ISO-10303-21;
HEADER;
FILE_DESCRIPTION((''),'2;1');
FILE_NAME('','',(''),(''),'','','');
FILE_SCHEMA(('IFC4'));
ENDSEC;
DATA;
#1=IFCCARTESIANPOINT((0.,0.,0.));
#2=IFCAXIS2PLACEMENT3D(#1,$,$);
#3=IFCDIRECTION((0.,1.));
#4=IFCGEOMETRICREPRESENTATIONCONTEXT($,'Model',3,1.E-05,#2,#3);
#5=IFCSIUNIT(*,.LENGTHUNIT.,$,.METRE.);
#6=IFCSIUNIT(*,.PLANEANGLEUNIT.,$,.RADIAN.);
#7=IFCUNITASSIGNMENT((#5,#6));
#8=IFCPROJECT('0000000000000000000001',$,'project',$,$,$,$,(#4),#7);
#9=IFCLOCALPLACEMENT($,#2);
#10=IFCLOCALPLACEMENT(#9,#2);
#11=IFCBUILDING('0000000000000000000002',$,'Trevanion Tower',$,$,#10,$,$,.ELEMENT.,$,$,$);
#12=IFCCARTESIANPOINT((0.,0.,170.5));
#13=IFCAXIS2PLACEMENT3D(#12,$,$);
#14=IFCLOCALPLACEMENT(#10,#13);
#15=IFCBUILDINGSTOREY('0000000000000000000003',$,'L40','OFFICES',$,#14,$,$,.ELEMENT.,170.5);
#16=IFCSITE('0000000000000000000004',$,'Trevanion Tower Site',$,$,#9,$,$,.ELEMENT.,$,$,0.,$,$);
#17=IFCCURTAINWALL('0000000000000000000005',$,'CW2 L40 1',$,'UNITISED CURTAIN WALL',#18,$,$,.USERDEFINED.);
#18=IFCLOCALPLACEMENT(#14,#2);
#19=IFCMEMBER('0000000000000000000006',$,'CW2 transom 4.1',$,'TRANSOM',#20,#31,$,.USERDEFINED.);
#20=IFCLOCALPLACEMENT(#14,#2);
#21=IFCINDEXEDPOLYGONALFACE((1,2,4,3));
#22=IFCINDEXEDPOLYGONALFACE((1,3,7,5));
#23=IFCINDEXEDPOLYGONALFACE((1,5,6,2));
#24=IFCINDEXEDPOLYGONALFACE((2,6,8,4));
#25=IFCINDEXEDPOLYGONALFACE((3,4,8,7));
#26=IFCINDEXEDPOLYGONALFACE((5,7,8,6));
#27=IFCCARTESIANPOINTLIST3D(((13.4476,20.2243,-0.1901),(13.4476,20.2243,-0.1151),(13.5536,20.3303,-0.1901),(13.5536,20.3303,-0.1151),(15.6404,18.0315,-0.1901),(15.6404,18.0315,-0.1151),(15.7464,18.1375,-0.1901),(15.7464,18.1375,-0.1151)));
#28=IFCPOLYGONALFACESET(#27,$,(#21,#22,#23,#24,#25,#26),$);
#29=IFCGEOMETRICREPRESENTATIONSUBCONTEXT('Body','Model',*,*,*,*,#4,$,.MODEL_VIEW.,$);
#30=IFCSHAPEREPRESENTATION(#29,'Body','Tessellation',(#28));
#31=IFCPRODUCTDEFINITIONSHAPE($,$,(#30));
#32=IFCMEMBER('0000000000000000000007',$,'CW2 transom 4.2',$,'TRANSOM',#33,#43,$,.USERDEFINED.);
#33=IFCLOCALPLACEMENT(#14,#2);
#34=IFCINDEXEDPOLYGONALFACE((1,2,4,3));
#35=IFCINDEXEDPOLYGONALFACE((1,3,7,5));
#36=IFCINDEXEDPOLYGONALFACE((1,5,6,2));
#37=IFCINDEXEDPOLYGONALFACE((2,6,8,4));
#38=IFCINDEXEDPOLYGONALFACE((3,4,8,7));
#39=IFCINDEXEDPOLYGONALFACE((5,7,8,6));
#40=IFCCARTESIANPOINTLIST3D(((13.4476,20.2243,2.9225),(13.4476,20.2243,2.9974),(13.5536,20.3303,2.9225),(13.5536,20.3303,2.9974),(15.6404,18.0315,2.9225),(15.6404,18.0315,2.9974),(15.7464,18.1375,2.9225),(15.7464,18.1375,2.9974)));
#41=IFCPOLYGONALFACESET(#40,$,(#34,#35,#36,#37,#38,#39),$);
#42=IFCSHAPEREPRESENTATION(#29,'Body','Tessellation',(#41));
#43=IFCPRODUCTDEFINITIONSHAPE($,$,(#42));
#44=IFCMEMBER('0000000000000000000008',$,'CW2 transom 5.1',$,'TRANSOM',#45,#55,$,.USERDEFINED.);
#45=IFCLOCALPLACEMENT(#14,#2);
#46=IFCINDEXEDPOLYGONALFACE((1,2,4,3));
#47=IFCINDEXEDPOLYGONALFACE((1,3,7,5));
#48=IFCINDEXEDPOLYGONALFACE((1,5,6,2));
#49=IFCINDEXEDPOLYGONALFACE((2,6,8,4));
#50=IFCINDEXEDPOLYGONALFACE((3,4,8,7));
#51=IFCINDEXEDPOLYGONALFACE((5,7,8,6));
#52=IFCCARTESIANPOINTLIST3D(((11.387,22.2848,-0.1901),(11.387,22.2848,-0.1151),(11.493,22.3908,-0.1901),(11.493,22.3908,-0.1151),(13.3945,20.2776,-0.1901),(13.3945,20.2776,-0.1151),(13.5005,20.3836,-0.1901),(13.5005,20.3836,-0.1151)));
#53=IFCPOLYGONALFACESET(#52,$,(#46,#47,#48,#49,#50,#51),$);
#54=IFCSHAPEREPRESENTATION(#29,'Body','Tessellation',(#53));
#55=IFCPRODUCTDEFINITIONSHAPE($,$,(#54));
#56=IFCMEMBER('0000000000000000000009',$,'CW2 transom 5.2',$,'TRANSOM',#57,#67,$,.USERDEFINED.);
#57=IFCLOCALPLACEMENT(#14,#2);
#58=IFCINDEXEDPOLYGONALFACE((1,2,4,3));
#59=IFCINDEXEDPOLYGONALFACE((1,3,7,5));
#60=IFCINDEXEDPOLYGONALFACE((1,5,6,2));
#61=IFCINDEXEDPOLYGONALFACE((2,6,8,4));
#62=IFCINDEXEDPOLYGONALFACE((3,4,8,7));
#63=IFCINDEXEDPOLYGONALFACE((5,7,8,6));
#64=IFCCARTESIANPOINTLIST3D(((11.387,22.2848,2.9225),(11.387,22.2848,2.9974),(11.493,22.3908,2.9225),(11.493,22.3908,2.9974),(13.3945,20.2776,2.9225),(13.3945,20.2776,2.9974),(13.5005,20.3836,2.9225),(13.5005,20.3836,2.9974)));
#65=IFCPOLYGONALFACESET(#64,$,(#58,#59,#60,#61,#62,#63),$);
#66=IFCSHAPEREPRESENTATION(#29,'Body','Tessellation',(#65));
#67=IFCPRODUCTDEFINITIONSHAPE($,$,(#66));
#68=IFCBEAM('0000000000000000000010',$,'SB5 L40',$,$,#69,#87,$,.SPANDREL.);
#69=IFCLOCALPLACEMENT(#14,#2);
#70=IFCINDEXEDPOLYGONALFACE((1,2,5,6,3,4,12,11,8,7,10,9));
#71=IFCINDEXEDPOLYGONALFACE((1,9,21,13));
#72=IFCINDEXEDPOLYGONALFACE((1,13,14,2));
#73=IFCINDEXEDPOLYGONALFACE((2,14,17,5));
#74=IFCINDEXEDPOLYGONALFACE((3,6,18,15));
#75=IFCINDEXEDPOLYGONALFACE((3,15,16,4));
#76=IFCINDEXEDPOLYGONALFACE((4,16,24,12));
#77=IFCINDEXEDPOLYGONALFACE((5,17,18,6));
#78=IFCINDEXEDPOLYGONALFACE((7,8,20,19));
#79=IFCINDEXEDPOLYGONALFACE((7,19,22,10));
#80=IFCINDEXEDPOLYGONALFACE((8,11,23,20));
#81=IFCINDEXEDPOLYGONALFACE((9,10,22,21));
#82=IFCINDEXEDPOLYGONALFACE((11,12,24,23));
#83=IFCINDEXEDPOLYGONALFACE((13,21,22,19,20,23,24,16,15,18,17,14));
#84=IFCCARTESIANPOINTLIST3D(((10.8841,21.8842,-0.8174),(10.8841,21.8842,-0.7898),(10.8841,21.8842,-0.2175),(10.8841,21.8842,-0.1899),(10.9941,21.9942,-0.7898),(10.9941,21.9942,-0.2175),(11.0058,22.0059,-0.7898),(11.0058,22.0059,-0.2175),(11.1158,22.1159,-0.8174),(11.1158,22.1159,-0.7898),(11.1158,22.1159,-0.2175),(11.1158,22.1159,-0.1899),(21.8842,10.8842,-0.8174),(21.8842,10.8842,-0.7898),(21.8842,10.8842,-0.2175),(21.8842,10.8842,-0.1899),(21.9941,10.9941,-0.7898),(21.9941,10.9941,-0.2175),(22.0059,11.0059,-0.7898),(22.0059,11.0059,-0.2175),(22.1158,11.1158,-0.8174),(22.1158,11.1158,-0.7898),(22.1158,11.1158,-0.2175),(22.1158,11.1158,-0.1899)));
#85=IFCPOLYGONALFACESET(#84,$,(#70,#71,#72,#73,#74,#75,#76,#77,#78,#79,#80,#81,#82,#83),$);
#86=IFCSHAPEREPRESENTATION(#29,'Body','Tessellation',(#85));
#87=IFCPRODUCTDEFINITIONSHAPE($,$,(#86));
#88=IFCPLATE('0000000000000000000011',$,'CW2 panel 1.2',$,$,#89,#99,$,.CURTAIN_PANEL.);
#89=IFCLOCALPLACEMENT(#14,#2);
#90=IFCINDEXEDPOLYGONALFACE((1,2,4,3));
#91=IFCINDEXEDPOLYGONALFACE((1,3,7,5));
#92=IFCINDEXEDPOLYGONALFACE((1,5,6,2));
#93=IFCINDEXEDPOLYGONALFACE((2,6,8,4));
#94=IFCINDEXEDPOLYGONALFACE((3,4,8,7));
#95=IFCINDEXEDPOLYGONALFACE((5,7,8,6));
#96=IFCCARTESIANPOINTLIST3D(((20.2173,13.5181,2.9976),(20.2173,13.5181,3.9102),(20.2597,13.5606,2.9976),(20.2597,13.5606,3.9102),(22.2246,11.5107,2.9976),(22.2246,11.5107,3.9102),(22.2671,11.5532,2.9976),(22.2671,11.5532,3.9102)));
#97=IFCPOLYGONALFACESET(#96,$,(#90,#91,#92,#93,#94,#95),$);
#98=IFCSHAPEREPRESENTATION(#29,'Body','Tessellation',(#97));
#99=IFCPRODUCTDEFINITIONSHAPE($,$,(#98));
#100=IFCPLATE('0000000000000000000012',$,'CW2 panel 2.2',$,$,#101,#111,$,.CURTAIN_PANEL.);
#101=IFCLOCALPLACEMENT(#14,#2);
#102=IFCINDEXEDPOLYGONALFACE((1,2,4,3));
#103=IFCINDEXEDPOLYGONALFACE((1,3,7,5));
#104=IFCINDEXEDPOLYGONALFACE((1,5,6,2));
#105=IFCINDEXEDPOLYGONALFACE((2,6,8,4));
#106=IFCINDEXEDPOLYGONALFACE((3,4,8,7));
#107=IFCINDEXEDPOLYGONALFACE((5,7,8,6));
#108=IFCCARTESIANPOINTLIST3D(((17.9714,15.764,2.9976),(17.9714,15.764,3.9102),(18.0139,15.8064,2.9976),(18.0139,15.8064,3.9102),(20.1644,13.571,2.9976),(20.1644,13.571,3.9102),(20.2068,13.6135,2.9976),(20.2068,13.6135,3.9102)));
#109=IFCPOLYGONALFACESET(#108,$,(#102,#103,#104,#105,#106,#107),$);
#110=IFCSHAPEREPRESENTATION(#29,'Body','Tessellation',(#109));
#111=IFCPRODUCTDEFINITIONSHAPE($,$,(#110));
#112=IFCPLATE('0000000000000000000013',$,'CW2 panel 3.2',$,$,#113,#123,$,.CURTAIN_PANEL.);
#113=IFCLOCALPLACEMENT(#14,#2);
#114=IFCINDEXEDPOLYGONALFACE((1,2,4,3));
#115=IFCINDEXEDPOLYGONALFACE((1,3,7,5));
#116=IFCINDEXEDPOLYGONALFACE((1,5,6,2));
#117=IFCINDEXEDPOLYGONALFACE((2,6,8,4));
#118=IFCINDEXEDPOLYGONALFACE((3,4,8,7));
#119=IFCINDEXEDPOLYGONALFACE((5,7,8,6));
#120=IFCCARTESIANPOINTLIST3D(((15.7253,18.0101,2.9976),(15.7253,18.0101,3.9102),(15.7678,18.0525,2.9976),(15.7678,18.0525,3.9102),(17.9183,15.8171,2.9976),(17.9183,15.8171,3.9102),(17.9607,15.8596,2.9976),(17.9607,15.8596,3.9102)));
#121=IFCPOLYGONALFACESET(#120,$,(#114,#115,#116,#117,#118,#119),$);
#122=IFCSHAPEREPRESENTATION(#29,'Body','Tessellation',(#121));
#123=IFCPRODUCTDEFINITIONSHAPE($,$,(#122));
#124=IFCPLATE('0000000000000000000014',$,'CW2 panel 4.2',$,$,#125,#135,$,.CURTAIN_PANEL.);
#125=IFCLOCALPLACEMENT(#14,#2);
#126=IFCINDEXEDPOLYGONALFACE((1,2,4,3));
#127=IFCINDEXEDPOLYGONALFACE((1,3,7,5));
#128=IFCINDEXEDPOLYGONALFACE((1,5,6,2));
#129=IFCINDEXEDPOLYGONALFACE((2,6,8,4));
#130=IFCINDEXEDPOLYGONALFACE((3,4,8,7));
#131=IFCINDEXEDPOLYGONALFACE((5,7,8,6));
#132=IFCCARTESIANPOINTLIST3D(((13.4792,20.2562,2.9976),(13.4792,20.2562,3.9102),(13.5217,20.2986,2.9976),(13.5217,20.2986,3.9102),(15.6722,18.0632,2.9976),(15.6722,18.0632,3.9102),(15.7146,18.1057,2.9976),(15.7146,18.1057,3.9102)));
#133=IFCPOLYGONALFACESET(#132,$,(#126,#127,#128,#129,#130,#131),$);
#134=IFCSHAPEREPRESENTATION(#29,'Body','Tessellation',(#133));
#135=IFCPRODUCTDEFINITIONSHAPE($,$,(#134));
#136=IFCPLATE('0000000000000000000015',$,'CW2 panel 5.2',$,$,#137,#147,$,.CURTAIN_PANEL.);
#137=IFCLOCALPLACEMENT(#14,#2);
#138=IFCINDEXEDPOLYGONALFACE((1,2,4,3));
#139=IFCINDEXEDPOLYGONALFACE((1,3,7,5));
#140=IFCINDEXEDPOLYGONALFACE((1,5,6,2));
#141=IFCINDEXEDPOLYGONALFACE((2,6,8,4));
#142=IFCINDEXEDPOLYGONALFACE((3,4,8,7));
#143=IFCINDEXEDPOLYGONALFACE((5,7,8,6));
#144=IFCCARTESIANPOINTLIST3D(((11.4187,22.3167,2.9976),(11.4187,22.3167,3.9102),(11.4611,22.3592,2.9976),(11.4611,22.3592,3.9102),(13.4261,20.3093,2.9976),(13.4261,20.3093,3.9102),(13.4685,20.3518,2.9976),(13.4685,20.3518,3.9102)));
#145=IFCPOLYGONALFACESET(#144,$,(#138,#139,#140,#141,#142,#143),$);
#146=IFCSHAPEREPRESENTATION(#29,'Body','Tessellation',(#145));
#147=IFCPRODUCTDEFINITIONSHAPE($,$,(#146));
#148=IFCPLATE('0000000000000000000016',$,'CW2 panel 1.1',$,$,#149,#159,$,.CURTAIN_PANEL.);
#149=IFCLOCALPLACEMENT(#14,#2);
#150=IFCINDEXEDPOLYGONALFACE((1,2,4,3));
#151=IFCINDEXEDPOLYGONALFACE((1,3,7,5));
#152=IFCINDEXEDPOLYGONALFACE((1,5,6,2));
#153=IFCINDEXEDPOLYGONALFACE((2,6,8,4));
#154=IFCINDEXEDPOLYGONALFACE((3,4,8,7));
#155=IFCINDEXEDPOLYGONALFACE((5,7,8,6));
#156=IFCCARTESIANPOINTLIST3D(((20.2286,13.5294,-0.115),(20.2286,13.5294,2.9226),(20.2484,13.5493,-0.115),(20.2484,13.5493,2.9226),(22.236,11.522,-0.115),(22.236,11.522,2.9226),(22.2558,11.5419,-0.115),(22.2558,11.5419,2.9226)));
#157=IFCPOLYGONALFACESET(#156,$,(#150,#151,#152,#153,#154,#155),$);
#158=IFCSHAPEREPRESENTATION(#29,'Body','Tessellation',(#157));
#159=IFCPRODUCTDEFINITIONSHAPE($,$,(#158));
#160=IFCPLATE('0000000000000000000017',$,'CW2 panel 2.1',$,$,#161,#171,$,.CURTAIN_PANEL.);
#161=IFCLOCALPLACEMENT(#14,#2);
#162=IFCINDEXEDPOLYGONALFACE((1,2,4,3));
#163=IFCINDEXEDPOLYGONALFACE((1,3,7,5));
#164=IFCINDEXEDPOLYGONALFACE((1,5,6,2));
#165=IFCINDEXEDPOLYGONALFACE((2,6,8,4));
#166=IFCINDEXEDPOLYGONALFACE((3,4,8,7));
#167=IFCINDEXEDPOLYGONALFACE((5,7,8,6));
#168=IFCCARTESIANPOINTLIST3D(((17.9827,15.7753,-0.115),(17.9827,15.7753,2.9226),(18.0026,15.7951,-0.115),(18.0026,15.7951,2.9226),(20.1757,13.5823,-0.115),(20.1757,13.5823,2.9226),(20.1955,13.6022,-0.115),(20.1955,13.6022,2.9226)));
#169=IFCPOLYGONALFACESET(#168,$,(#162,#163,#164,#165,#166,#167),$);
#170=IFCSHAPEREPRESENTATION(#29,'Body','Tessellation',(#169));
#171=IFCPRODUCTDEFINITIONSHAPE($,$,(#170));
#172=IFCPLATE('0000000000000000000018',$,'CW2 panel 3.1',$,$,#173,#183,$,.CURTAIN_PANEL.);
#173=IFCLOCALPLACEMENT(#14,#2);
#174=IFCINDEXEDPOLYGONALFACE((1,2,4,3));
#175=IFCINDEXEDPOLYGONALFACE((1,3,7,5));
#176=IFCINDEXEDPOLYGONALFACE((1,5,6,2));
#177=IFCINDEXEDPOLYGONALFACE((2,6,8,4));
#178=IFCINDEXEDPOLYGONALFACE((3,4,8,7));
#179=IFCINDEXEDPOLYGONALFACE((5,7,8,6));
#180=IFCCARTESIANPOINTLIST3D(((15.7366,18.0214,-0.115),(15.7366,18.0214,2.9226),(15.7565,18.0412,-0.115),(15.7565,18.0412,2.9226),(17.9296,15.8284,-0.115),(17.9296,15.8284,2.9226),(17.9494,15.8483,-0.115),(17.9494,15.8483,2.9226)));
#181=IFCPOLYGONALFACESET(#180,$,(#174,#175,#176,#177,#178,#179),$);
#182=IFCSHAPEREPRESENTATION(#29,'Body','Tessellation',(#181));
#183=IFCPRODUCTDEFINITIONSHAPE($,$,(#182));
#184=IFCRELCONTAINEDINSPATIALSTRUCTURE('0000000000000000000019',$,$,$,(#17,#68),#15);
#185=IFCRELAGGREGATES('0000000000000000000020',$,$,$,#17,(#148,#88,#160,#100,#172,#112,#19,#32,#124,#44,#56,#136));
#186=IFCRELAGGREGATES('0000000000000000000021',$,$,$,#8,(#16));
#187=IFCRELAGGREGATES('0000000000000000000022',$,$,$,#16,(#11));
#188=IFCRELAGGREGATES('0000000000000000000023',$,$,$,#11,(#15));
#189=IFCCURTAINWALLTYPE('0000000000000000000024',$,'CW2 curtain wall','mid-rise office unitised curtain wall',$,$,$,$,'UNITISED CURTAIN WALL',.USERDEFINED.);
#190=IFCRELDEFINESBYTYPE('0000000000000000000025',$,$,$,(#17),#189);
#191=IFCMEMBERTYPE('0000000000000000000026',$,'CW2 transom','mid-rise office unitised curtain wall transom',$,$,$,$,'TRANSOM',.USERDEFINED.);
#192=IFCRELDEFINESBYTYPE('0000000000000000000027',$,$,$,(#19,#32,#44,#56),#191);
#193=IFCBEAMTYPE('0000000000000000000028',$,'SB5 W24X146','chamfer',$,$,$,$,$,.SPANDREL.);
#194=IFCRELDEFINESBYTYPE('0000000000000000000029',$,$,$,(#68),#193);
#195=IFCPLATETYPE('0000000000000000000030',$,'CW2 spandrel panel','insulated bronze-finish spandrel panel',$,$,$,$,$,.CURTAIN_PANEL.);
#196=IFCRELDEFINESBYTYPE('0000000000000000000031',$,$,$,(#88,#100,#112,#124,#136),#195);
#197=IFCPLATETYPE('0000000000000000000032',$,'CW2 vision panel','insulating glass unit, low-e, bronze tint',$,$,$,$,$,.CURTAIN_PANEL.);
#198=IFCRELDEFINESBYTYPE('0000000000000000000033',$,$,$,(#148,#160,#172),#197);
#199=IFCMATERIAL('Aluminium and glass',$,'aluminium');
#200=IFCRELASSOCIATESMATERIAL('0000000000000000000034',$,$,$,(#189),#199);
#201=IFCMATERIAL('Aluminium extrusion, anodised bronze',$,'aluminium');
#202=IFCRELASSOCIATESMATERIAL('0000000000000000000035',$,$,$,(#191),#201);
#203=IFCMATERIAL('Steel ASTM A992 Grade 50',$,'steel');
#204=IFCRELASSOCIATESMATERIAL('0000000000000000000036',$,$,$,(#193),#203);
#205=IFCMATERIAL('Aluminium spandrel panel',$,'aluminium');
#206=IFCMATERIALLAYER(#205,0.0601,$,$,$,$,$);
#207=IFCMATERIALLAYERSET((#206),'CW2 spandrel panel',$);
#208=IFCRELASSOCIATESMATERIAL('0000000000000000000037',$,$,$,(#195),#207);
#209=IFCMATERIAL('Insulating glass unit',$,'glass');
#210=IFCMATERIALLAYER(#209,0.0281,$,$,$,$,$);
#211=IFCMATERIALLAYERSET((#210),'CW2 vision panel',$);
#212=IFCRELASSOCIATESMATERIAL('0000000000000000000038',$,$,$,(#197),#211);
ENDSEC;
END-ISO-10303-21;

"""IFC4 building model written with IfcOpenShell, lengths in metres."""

from ifc_helpers import new_model, si_unit, direction, frame, origin, origin_2d, place, context, subcontext, project, spatial, rectangle, i_section, extrude, material, layer, layer_set, material_profile, profile_set, type_object, element, aggregate, save


model = new_model("IFC4")

# Units and contexts
model_context = context("Model", 3, precision=1e-05, world=origin(), true_north=direction((0.0, 1.0)))
body_context = subcontext(model_context, "Body", "Model", "MODEL_VIEW")
ifc_project = project(units=[si_unit("LENGTHUNIT", "METRE"), si_unit("PLANEANGLEUNIT", "RADIAN")], contexts=[model_context])

# Site, building, storey
site_placement = place(None, origin())
site = spatial("IfcSite", under=ifc_project, at=site_placement, Name="Trevanion Tower Site", CompositionType="ELEMENT", RefElevation=0.0)
building_placement = place(site_placement, origin())
building = spatial("IfcBuilding", under=site, at=building_placement, Name="Trevanion Tower", CompositionType="ELEMENT")
storey_placement = place(building_placement, frame((0.0, 0.0, 170.5)))
storey = spatial("IfcBuildingStorey", under=building, at=storey_placement, Name="L40", Description="OFFICES", CompositionType="ELEMENT", Elevation=170.5)

# Curtain wall
ifc_material_1 = material(Name="Aluminium and glass", Category="aluminium")
curtain_wall_type = type_object("IfcCurtainWallType", Name="CW2 curtain wall", Description="mid-rise office unitised curtain wall", ElementType="UNITISED CURTAIN WALL", PredefinedType="USERDEFINED", material=ifc_material_1)
curtain_wall_1_placement = place(storey_placement, origin())
curtain_wall_1 = element("IfcCurtainWall", 1, at=curtain_wall_1_placement, inside=storey, type_object=curtain_wall_type, Name="CW2 L40 1", ObjectType="UNITISED CURTAIN WALL", PredefinedType="USERDEFINED")

# Members
ifc_material_2 = material(Name="Aluminium extrusion, anodised bronze", Category="aluminium")
ifc_material_profile_1 = material_profile(ifc_material_2, rectangle(XDim=0.1499, YDim=0.075, at=origin_2d()), Name="CW2 transom")
ifc_profile_set_1 = profile_set([ifc_material_profile_1], Name="Aluminium extrusion, anodised bronze")
member_type_1 = type_object("IfcMemberType", Name="CW2 transom", Description="mid-rise office unitised curtain wall transom", ElementType="TRANSOM", PredefinedType="USERDEFINED", material=ifc_profile_set_1)
member_1_placement = place(storey_placement, frame((15.6934, 18.0845, -0.1526), z_axis=(-0.707107, 0.707107, 0.0), x_axis=(-0.707107, -0.707107, 0.0)))
member_1 = element("IfcMember", 2, at=member_1_placement, type_object=member_type_1, Name="CW2 transom 4.1", ObjectType="TRANSOM", PredefinedType="USERDEFINED", context=body_context, shape_type="SweptSolid", body=[
    extrude(rectangle(XDim=0.1499, YDim=0.075, at=origin_2d()), origin(), (0.0, 0.0, 1.0), 3.1011),
])
member_2_placement = place(storey_placement, frame((15.6934, 18.0845, 2.96), z_axis=(-0.707107, 0.707107, 0.0), x_axis=(-0.707107, -0.707107, 0.0)))
member_2 = element("IfcMember", 3, at=member_2_placement, type_object=member_type_1, Name="CW2 transom 4.2", ObjectType="TRANSOM", PredefinedType="USERDEFINED", context=body_context, shape_type="SweptSolid", body=[
    extrude(rectangle(XDim=0.1499, YDim=0.075, at=origin_2d()), origin(), (0.0, 0.0, 1.0), 3.1011),
])
member_3_placement = place(storey_placement, frame((13.4475, 20.3306, -0.1526), z_axis=(-0.70715, 0.707064, 0.0), x_axis=(-0.707064, -0.70715, 0.0)))
member_3 = element("IfcMember", 4, at=member_3_placement, type_object=member_type_1, Name="CW2 transom 5.1", ObjectType="TRANSOM", PredefinedType="USERDEFINED", context=body_context, shape_type="SweptSolid", body=[
    extrude(rectangle(XDim=0.1499, YDim=0.075, at=origin_2d()), origin(), (0.0, 0.0, 1.0), 2.8389),
])
member_4_placement = place(storey_placement, frame((13.4475, 20.3306, 2.96), z_axis=(-0.70715, 0.707064, 0.0), x_axis=(-0.707064, -0.70715, 0.0)))
member_4 = element("IfcMember", 5, at=member_4_placement, type_object=member_type_1, Name="CW2 transom 5.2", ObjectType="TRANSOM", PredefinedType="USERDEFINED", context=body_context, shape_type="SweptSolid", body=[
    extrude(rectangle(XDim=0.1499, YDim=0.075, at=origin_2d()), origin(), (0.0, 0.0, 1.0), 2.8389),
])

# Beam
ifc_material_3 = material(Name="Steel ASTM A992 Grade 50", Category="steel")
ifc_material_profile_2 = material_profile(ifc_material_3, i_section(OverallWidth=0.3276, OverallDepth=0.6274, WebThickness=0.0166, FlangeThickness=0.0276, at=origin_2d()), Name="W24X146")
ifc_profile_set_2 = profile_set([ifc_material_profile_2], Name="Steel ASTM A992 Grade 50")
beam_type_1 = type_object("IfcBeamType", Name="SB5 W24X146", Description="chamfer", PredefinedType="SPANDREL", material=ifc_profile_set_2)
beam_1_placement = place(storey_placement, frame((22.0, 11.0, -0.5037), z_axis=(-0.707107, 0.707107, 0.0), x_axis=(-0.707107, -0.707107, 0.0)))
element("IfcBeam", 6, at=beam_1_placement, inside=storey, type_object=beam_type_1, Name="SB5 L40", PredefinedType="SPANDREL", context=body_context, shape_type="SweptSolid", body=[
    extrude(i_section(OverallWidth=0.3276, OverallDepth=0.6274, WebThickness=0.0166, FlangeThickness=0.0276, at=origin_2d()), origin(), (0.0, 0.0, 1.0), 15.5564),
])

# Plates
ifc_material_4 = material(Name="Aluminium spandrel panel", Category="aluminium")
ifc_layer_1 = layer(ifc_material_4, 0.0601)
ifc_layer_set_1 = layer_set([ifc_layer_1], Name="CW2 spandrel panel")
plate_type_1 = type_object("IfcPlateType", Name="CW2 spandrel panel", Description="insulated bronze-finish spandrel panel", PredefinedType="CURTAIN_PANEL", material=ifc_layer_set_1)
plate_1_placement = place(storey_placement, frame((21.2422, 12.5356, 2.9976), z_axis=(0.0, 0.0, 1.0), x_axis=(-0.707107, 0.707107, 0.0)))
plate_1 = element("IfcPlate", 7, at=plate_1_placement, type_object=plate_type_1, Name="CW2 panel 1.2", PredefinedType="CURTAIN_PANEL", context=body_context, shape_type="SweptSolid", body=[
    extrude(rectangle(XDim=2.8389, YDim=0.0601, at=origin_2d()), origin(), (0.0, 0.0, 1.0), 0.9126),
])
plate_2_placement = place(storey_placement, frame((19.0891, 14.6887, 2.9976), z_axis=(0.0, 0.0, 1.0), x_axis=(-0.707107, 0.707107, 0.0)))
plate_2 = element("IfcPlate", 8, at=plate_2_placement, type_object=plate_type_1, Name="CW2 panel 2.2", PredefinedType="CURTAIN_PANEL", context=body_context, shape_type="SweptSolid", body=[
    extrude(rectangle(XDim=3.1013, YDim=0.0601, at=origin_2d()), origin(), (0.0, 0.0, 1.0), 0.9126),
])
plate_3_placement = place(storey_placement, frame((16.843, 16.9348, 2.9976), z_axis=(0.0, 0.0, 1.0), x_axis=(-0.707107, 0.707107, 0.0)))
plate_3 = element("IfcPlate", 9, at=plate_3_placement, type_object=plate_type_1, Name="CW2 panel 3.2", PredefinedType="CURTAIN_PANEL", context=body_context, shape_type="SweptSolid", body=[
    extrude(rectangle(XDim=3.1013, YDim=0.0601, at=origin_2d()), origin(), (0.0, 0.0, 1.0), 0.9126),
])
plate_4_placement = place(storey_placement, frame((14.5969, 19.1809, 2.9976), z_axis=(0.0, 0.0, 1.0), x_axis=(-0.707107, 0.707107, 0.0)))
plate_4 = element("IfcPlate", 10, at=plate_4_placement, type_object=plate_type_1, Name="CW2 panel 4.2", PredefinedType="CURTAIN_PANEL", context=body_context, shape_type="SweptSolid", body=[
    extrude(rectangle(XDim=3.1013, YDim=0.0601, at=origin_2d()), origin(), (0.0, 0.0, 1.0), 0.9126),
])
plate_5_placement = place(storey_placement, frame((12.4436, 21.3342, 2.9976), z_axis=(0.0, 0.0, 1.0), x_axis=(-0.707107, 0.707107, 0.0)))
plate_5 = element("IfcPlate", 11, at=plate_5_placement, type_object=plate_type_1, Name="CW2 panel 5.2", PredefinedType="CURTAIN_PANEL", context=body_context, shape_type="SweptSolid", body=[
    extrude(rectangle(XDim=2.8389, YDim=0.0601, at=origin_2d()), origin(), (0.0, 0.0, 1.0), 0.9126),
])
ifc_material_5 = material(Name="Insulating glass unit", Category="glass")
ifc_layer_2 = layer(ifc_material_5, 0.0281)
ifc_layer_set_2 = layer_set([ifc_layer_2], Name="CW2 vision panel")
plate_type_2 = type_object("IfcPlateType", Name="CW2 vision panel", Description="insulating glass unit, low-e, bronze tint", PredefinedType="CURTAIN_PANEL", material=ifc_layer_set_2)
plate_6_placement = place(storey_placement, frame((21.2422, 12.5356, -0.115), z_axis=(0.0, 0.0, 1.0), x_axis=(-0.707107, 0.707107, 0.0)))
plate_6 = element("IfcPlate", 12, at=plate_6_placement, type_object=plate_type_2, Name="CW2 panel 1.1", PredefinedType="CURTAIN_PANEL", context=body_context, shape_type="SweptSolid", body=[
    extrude(rectangle(XDim=2.8389, YDim=0.0281, at=origin_2d()), origin(), (0.0, 0.0, 1.0), 3.0376),
])
plate_7_placement = place(storey_placement, frame((19.0891, 14.6887, -0.115), z_axis=(0.0, 0.0, 1.0), x_axis=(-0.707107, 0.707107, 0.0)))
plate_7 = element("IfcPlate", 13, at=plate_7_placement, type_object=plate_type_2, Name="CW2 panel 2.1", PredefinedType="CURTAIN_PANEL", context=body_context, shape_type="SweptSolid", body=[
    extrude(rectangle(XDim=3.1013, YDim=0.0281, at=origin_2d()), origin(), (0.0, 0.0, 1.0), 3.0376),
])
plate_8_placement = place(storey_placement, frame((16.843, 16.9348, -0.115), z_axis=(0.0, 0.0, 1.0), x_axis=(-0.707107, 0.707107, 0.0)))
plate_8 = element("IfcPlate", 14, at=plate_8_placement, type_object=plate_type_2, Name="CW2 panel 3.1", PredefinedType="CURTAIN_PANEL", context=body_context, shape_type="SweptSolid", body=[
    extrude(rectangle(XDim=3.1013, YDim=0.0281, at=origin_2d()), origin(), (0.0, 0.0, 1.0), 3.0376),
])
aggregate(curtain_wall_1, [plate_6, plate_1, plate_7, plate_2, plate_8, plate_3, member_1, member_2, plate_4, member_3, member_4, plate_5])

save(model, "model.ifc")
